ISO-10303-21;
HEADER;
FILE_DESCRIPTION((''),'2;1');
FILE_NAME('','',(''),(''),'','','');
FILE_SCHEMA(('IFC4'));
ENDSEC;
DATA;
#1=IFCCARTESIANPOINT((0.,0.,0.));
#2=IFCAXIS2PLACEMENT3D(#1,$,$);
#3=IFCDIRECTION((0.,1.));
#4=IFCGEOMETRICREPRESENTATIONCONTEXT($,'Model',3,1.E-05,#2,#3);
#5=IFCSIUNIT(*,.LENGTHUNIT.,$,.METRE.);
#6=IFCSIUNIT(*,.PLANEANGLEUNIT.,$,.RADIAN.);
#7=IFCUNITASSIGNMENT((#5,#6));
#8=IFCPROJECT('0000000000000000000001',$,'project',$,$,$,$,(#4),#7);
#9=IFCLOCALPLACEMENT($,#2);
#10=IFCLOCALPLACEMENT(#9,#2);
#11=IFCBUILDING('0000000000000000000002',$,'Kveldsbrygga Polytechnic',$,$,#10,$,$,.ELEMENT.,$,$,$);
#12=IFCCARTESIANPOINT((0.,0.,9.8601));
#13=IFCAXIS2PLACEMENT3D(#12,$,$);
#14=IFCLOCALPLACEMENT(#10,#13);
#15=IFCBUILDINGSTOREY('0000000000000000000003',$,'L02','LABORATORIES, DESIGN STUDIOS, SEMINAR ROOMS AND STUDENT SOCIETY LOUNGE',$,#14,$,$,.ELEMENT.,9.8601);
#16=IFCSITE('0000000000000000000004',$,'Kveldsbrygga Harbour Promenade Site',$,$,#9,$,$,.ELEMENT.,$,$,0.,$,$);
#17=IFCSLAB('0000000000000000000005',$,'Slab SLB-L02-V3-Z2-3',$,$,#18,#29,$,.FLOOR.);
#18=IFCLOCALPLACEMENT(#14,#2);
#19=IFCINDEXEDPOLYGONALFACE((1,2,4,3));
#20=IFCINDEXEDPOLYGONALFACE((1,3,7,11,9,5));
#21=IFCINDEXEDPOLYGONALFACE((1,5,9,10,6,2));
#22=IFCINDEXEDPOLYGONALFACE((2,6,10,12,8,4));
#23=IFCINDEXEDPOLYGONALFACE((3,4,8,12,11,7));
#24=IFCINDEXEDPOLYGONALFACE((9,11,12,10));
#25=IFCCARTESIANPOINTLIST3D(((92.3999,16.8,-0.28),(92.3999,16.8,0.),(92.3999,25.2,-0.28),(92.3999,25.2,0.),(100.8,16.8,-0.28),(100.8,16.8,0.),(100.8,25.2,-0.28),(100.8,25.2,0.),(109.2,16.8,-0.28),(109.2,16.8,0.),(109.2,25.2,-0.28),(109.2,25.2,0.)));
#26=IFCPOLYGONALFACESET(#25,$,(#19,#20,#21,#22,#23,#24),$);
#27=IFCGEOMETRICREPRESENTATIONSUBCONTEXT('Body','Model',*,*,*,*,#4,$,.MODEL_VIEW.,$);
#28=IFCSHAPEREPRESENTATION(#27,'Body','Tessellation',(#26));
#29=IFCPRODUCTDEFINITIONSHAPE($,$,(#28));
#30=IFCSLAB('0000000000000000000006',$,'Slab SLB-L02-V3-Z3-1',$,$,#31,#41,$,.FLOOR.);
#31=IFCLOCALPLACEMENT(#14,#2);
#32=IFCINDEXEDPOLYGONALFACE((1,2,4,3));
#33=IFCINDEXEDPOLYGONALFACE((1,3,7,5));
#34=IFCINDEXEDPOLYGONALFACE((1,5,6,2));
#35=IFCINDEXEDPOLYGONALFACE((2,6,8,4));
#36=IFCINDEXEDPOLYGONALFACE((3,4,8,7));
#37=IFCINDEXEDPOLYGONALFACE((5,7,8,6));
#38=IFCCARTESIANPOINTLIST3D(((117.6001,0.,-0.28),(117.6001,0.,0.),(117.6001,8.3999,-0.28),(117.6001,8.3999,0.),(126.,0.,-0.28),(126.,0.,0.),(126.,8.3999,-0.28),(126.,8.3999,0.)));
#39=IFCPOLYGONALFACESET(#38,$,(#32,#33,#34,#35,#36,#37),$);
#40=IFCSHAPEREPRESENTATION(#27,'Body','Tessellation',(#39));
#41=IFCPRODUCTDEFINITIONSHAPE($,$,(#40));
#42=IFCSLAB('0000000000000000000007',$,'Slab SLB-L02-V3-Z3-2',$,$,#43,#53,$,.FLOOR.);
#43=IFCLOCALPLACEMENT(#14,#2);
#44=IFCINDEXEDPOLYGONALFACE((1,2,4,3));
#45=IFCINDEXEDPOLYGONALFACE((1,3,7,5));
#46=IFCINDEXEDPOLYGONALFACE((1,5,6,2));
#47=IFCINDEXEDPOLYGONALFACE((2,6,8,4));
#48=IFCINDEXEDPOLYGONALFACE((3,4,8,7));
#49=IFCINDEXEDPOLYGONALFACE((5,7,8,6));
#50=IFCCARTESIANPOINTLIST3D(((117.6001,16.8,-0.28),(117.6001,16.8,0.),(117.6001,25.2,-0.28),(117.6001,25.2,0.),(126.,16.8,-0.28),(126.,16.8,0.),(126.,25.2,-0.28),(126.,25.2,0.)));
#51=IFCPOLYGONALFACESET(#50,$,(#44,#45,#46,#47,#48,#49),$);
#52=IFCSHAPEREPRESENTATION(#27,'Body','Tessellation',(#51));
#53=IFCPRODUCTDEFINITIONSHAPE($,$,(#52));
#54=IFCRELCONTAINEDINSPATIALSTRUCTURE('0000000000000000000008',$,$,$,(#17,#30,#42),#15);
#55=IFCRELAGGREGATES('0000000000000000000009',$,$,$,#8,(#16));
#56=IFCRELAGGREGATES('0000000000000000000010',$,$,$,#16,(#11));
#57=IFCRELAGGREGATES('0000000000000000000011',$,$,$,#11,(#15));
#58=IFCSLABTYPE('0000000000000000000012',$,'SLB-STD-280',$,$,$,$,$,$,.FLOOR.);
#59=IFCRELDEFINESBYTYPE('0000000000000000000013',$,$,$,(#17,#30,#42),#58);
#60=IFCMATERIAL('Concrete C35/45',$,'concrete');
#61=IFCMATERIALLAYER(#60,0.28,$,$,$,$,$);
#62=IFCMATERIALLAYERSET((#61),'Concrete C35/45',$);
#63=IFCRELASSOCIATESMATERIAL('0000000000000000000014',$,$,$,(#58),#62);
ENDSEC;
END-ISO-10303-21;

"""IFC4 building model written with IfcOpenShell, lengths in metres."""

from ifc_helpers import new_model, si_unit, direction, frame, origin, place, context, subcontext, project, spatial, polyline, outline, extrude, material, layer, layer_set, type_object, element, save


model = new_model("IFC4")

# Units and contexts
model_context = context("Model", 3, precision=1e-05, world=origin(), true_north=direction((0.0, 1.0)))
body_context = subcontext(model_context, "Body", "Model", "MODEL_VIEW")
ifc_project = project(units=[si_unit("LENGTHUNIT", "METRE"), si_unit("PLANEANGLEUNIT", "RADIAN")], contexts=[model_context])

# Site, building, storey
site_placement = place(None, origin())
site = spatial("IfcSite", under=ifc_project, at=site_placement, Name="Kveldsbrygga Harbour Promenade Site", CompositionType="ELEMENT", RefElevation=0.0)
building_placement = place(site_placement, origin())
building = spatial("IfcBuilding", under=site, at=building_placement, Name="Kveldsbrygga Polytechnic", CompositionType="ELEMENT")
storey_placement = place(building_placement, frame((0.0, 0.0, 9.8601)))
storey = spatial("IfcBuildingStorey", under=building, at=storey_placement, Name="L02", Description="LABORATORIES, DESIGN STUDIOS, SEMINAR ROOMS AND STUDENT SOCIETY LOUNGE", CompositionType="ELEMENT", Elevation=9.8601)

# Slabs
ifc_material = material(Name="Concrete C35/45", Category="concrete")
ifc_layer_1 = layer(ifc_material, 0.28)
ifc_layer_set_1 = layer_set([ifc_layer_1], Name="Concrete C35/45")
slab_type_1 = type_object("IfcSlabType", Name="SLB-STD-280", PredefinedType="FLOOR", material=ifc_layer_set_1)
slab_1_placement = place(storey_placement, frame((0.0, 0.0, -0.28)))
element("IfcSlab", 1, at=slab_1_placement, inside=storey, type_object=slab_type_1, Name="Slab SLB-L02-V3-Z2-3", PredefinedType="FLOOR", context=body_context, shape_type="SweptSolid", body=[
    extrude(outline(polyline([(92.3999, 25.2), (100.8, 25.2), (109.2, 25.2), (109.2, 16.8), (100.8, 16.8), (92.3999, 16.8), (92.3999, 25.2)])), origin(), (0.0, 0.0, 1.0), 0.28),
])
slab_2_placement = place(storey_placement, frame((0.0, 0.0, -0.28)))
element("IfcSlab", 2, at=slab_2_placement, inside=storey, type_object=slab_type_1, Name="Slab SLB-L02-V3-Z3-1", PredefinedType="FLOOR", context=body_context, shape_type="SweptSolid", body=[
    extrude(outline(polyline([(117.6001, 0.0), (117.6001, 8.3999), (126.0, 8.3999), (126.0, 0.0), (117.6001, 0.0)])), origin(), (0.0, 0.0, 1.0), 0.28),
])
slab_3_placement = place(storey_placement, frame((0.0, 0.0, -0.28)))
element("IfcSlab", 3, at=slab_3_placement, inside=storey, type_object=slab_type_1, Name="Slab SLB-L02-V3-Z3-2", PredefinedType="FLOOR", context=body_context, shape_type="SweptSolid", body=[
    extrude(outline(polyline([(117.6001, 16.8), (117.6001, 25.2), (126.0, 25.2), (126.0, 16.8), (117.6001, 16.8)])), origin(), (0.0, 0.0, 1.0), 0.28),
])

save(model, "model.ifc")
